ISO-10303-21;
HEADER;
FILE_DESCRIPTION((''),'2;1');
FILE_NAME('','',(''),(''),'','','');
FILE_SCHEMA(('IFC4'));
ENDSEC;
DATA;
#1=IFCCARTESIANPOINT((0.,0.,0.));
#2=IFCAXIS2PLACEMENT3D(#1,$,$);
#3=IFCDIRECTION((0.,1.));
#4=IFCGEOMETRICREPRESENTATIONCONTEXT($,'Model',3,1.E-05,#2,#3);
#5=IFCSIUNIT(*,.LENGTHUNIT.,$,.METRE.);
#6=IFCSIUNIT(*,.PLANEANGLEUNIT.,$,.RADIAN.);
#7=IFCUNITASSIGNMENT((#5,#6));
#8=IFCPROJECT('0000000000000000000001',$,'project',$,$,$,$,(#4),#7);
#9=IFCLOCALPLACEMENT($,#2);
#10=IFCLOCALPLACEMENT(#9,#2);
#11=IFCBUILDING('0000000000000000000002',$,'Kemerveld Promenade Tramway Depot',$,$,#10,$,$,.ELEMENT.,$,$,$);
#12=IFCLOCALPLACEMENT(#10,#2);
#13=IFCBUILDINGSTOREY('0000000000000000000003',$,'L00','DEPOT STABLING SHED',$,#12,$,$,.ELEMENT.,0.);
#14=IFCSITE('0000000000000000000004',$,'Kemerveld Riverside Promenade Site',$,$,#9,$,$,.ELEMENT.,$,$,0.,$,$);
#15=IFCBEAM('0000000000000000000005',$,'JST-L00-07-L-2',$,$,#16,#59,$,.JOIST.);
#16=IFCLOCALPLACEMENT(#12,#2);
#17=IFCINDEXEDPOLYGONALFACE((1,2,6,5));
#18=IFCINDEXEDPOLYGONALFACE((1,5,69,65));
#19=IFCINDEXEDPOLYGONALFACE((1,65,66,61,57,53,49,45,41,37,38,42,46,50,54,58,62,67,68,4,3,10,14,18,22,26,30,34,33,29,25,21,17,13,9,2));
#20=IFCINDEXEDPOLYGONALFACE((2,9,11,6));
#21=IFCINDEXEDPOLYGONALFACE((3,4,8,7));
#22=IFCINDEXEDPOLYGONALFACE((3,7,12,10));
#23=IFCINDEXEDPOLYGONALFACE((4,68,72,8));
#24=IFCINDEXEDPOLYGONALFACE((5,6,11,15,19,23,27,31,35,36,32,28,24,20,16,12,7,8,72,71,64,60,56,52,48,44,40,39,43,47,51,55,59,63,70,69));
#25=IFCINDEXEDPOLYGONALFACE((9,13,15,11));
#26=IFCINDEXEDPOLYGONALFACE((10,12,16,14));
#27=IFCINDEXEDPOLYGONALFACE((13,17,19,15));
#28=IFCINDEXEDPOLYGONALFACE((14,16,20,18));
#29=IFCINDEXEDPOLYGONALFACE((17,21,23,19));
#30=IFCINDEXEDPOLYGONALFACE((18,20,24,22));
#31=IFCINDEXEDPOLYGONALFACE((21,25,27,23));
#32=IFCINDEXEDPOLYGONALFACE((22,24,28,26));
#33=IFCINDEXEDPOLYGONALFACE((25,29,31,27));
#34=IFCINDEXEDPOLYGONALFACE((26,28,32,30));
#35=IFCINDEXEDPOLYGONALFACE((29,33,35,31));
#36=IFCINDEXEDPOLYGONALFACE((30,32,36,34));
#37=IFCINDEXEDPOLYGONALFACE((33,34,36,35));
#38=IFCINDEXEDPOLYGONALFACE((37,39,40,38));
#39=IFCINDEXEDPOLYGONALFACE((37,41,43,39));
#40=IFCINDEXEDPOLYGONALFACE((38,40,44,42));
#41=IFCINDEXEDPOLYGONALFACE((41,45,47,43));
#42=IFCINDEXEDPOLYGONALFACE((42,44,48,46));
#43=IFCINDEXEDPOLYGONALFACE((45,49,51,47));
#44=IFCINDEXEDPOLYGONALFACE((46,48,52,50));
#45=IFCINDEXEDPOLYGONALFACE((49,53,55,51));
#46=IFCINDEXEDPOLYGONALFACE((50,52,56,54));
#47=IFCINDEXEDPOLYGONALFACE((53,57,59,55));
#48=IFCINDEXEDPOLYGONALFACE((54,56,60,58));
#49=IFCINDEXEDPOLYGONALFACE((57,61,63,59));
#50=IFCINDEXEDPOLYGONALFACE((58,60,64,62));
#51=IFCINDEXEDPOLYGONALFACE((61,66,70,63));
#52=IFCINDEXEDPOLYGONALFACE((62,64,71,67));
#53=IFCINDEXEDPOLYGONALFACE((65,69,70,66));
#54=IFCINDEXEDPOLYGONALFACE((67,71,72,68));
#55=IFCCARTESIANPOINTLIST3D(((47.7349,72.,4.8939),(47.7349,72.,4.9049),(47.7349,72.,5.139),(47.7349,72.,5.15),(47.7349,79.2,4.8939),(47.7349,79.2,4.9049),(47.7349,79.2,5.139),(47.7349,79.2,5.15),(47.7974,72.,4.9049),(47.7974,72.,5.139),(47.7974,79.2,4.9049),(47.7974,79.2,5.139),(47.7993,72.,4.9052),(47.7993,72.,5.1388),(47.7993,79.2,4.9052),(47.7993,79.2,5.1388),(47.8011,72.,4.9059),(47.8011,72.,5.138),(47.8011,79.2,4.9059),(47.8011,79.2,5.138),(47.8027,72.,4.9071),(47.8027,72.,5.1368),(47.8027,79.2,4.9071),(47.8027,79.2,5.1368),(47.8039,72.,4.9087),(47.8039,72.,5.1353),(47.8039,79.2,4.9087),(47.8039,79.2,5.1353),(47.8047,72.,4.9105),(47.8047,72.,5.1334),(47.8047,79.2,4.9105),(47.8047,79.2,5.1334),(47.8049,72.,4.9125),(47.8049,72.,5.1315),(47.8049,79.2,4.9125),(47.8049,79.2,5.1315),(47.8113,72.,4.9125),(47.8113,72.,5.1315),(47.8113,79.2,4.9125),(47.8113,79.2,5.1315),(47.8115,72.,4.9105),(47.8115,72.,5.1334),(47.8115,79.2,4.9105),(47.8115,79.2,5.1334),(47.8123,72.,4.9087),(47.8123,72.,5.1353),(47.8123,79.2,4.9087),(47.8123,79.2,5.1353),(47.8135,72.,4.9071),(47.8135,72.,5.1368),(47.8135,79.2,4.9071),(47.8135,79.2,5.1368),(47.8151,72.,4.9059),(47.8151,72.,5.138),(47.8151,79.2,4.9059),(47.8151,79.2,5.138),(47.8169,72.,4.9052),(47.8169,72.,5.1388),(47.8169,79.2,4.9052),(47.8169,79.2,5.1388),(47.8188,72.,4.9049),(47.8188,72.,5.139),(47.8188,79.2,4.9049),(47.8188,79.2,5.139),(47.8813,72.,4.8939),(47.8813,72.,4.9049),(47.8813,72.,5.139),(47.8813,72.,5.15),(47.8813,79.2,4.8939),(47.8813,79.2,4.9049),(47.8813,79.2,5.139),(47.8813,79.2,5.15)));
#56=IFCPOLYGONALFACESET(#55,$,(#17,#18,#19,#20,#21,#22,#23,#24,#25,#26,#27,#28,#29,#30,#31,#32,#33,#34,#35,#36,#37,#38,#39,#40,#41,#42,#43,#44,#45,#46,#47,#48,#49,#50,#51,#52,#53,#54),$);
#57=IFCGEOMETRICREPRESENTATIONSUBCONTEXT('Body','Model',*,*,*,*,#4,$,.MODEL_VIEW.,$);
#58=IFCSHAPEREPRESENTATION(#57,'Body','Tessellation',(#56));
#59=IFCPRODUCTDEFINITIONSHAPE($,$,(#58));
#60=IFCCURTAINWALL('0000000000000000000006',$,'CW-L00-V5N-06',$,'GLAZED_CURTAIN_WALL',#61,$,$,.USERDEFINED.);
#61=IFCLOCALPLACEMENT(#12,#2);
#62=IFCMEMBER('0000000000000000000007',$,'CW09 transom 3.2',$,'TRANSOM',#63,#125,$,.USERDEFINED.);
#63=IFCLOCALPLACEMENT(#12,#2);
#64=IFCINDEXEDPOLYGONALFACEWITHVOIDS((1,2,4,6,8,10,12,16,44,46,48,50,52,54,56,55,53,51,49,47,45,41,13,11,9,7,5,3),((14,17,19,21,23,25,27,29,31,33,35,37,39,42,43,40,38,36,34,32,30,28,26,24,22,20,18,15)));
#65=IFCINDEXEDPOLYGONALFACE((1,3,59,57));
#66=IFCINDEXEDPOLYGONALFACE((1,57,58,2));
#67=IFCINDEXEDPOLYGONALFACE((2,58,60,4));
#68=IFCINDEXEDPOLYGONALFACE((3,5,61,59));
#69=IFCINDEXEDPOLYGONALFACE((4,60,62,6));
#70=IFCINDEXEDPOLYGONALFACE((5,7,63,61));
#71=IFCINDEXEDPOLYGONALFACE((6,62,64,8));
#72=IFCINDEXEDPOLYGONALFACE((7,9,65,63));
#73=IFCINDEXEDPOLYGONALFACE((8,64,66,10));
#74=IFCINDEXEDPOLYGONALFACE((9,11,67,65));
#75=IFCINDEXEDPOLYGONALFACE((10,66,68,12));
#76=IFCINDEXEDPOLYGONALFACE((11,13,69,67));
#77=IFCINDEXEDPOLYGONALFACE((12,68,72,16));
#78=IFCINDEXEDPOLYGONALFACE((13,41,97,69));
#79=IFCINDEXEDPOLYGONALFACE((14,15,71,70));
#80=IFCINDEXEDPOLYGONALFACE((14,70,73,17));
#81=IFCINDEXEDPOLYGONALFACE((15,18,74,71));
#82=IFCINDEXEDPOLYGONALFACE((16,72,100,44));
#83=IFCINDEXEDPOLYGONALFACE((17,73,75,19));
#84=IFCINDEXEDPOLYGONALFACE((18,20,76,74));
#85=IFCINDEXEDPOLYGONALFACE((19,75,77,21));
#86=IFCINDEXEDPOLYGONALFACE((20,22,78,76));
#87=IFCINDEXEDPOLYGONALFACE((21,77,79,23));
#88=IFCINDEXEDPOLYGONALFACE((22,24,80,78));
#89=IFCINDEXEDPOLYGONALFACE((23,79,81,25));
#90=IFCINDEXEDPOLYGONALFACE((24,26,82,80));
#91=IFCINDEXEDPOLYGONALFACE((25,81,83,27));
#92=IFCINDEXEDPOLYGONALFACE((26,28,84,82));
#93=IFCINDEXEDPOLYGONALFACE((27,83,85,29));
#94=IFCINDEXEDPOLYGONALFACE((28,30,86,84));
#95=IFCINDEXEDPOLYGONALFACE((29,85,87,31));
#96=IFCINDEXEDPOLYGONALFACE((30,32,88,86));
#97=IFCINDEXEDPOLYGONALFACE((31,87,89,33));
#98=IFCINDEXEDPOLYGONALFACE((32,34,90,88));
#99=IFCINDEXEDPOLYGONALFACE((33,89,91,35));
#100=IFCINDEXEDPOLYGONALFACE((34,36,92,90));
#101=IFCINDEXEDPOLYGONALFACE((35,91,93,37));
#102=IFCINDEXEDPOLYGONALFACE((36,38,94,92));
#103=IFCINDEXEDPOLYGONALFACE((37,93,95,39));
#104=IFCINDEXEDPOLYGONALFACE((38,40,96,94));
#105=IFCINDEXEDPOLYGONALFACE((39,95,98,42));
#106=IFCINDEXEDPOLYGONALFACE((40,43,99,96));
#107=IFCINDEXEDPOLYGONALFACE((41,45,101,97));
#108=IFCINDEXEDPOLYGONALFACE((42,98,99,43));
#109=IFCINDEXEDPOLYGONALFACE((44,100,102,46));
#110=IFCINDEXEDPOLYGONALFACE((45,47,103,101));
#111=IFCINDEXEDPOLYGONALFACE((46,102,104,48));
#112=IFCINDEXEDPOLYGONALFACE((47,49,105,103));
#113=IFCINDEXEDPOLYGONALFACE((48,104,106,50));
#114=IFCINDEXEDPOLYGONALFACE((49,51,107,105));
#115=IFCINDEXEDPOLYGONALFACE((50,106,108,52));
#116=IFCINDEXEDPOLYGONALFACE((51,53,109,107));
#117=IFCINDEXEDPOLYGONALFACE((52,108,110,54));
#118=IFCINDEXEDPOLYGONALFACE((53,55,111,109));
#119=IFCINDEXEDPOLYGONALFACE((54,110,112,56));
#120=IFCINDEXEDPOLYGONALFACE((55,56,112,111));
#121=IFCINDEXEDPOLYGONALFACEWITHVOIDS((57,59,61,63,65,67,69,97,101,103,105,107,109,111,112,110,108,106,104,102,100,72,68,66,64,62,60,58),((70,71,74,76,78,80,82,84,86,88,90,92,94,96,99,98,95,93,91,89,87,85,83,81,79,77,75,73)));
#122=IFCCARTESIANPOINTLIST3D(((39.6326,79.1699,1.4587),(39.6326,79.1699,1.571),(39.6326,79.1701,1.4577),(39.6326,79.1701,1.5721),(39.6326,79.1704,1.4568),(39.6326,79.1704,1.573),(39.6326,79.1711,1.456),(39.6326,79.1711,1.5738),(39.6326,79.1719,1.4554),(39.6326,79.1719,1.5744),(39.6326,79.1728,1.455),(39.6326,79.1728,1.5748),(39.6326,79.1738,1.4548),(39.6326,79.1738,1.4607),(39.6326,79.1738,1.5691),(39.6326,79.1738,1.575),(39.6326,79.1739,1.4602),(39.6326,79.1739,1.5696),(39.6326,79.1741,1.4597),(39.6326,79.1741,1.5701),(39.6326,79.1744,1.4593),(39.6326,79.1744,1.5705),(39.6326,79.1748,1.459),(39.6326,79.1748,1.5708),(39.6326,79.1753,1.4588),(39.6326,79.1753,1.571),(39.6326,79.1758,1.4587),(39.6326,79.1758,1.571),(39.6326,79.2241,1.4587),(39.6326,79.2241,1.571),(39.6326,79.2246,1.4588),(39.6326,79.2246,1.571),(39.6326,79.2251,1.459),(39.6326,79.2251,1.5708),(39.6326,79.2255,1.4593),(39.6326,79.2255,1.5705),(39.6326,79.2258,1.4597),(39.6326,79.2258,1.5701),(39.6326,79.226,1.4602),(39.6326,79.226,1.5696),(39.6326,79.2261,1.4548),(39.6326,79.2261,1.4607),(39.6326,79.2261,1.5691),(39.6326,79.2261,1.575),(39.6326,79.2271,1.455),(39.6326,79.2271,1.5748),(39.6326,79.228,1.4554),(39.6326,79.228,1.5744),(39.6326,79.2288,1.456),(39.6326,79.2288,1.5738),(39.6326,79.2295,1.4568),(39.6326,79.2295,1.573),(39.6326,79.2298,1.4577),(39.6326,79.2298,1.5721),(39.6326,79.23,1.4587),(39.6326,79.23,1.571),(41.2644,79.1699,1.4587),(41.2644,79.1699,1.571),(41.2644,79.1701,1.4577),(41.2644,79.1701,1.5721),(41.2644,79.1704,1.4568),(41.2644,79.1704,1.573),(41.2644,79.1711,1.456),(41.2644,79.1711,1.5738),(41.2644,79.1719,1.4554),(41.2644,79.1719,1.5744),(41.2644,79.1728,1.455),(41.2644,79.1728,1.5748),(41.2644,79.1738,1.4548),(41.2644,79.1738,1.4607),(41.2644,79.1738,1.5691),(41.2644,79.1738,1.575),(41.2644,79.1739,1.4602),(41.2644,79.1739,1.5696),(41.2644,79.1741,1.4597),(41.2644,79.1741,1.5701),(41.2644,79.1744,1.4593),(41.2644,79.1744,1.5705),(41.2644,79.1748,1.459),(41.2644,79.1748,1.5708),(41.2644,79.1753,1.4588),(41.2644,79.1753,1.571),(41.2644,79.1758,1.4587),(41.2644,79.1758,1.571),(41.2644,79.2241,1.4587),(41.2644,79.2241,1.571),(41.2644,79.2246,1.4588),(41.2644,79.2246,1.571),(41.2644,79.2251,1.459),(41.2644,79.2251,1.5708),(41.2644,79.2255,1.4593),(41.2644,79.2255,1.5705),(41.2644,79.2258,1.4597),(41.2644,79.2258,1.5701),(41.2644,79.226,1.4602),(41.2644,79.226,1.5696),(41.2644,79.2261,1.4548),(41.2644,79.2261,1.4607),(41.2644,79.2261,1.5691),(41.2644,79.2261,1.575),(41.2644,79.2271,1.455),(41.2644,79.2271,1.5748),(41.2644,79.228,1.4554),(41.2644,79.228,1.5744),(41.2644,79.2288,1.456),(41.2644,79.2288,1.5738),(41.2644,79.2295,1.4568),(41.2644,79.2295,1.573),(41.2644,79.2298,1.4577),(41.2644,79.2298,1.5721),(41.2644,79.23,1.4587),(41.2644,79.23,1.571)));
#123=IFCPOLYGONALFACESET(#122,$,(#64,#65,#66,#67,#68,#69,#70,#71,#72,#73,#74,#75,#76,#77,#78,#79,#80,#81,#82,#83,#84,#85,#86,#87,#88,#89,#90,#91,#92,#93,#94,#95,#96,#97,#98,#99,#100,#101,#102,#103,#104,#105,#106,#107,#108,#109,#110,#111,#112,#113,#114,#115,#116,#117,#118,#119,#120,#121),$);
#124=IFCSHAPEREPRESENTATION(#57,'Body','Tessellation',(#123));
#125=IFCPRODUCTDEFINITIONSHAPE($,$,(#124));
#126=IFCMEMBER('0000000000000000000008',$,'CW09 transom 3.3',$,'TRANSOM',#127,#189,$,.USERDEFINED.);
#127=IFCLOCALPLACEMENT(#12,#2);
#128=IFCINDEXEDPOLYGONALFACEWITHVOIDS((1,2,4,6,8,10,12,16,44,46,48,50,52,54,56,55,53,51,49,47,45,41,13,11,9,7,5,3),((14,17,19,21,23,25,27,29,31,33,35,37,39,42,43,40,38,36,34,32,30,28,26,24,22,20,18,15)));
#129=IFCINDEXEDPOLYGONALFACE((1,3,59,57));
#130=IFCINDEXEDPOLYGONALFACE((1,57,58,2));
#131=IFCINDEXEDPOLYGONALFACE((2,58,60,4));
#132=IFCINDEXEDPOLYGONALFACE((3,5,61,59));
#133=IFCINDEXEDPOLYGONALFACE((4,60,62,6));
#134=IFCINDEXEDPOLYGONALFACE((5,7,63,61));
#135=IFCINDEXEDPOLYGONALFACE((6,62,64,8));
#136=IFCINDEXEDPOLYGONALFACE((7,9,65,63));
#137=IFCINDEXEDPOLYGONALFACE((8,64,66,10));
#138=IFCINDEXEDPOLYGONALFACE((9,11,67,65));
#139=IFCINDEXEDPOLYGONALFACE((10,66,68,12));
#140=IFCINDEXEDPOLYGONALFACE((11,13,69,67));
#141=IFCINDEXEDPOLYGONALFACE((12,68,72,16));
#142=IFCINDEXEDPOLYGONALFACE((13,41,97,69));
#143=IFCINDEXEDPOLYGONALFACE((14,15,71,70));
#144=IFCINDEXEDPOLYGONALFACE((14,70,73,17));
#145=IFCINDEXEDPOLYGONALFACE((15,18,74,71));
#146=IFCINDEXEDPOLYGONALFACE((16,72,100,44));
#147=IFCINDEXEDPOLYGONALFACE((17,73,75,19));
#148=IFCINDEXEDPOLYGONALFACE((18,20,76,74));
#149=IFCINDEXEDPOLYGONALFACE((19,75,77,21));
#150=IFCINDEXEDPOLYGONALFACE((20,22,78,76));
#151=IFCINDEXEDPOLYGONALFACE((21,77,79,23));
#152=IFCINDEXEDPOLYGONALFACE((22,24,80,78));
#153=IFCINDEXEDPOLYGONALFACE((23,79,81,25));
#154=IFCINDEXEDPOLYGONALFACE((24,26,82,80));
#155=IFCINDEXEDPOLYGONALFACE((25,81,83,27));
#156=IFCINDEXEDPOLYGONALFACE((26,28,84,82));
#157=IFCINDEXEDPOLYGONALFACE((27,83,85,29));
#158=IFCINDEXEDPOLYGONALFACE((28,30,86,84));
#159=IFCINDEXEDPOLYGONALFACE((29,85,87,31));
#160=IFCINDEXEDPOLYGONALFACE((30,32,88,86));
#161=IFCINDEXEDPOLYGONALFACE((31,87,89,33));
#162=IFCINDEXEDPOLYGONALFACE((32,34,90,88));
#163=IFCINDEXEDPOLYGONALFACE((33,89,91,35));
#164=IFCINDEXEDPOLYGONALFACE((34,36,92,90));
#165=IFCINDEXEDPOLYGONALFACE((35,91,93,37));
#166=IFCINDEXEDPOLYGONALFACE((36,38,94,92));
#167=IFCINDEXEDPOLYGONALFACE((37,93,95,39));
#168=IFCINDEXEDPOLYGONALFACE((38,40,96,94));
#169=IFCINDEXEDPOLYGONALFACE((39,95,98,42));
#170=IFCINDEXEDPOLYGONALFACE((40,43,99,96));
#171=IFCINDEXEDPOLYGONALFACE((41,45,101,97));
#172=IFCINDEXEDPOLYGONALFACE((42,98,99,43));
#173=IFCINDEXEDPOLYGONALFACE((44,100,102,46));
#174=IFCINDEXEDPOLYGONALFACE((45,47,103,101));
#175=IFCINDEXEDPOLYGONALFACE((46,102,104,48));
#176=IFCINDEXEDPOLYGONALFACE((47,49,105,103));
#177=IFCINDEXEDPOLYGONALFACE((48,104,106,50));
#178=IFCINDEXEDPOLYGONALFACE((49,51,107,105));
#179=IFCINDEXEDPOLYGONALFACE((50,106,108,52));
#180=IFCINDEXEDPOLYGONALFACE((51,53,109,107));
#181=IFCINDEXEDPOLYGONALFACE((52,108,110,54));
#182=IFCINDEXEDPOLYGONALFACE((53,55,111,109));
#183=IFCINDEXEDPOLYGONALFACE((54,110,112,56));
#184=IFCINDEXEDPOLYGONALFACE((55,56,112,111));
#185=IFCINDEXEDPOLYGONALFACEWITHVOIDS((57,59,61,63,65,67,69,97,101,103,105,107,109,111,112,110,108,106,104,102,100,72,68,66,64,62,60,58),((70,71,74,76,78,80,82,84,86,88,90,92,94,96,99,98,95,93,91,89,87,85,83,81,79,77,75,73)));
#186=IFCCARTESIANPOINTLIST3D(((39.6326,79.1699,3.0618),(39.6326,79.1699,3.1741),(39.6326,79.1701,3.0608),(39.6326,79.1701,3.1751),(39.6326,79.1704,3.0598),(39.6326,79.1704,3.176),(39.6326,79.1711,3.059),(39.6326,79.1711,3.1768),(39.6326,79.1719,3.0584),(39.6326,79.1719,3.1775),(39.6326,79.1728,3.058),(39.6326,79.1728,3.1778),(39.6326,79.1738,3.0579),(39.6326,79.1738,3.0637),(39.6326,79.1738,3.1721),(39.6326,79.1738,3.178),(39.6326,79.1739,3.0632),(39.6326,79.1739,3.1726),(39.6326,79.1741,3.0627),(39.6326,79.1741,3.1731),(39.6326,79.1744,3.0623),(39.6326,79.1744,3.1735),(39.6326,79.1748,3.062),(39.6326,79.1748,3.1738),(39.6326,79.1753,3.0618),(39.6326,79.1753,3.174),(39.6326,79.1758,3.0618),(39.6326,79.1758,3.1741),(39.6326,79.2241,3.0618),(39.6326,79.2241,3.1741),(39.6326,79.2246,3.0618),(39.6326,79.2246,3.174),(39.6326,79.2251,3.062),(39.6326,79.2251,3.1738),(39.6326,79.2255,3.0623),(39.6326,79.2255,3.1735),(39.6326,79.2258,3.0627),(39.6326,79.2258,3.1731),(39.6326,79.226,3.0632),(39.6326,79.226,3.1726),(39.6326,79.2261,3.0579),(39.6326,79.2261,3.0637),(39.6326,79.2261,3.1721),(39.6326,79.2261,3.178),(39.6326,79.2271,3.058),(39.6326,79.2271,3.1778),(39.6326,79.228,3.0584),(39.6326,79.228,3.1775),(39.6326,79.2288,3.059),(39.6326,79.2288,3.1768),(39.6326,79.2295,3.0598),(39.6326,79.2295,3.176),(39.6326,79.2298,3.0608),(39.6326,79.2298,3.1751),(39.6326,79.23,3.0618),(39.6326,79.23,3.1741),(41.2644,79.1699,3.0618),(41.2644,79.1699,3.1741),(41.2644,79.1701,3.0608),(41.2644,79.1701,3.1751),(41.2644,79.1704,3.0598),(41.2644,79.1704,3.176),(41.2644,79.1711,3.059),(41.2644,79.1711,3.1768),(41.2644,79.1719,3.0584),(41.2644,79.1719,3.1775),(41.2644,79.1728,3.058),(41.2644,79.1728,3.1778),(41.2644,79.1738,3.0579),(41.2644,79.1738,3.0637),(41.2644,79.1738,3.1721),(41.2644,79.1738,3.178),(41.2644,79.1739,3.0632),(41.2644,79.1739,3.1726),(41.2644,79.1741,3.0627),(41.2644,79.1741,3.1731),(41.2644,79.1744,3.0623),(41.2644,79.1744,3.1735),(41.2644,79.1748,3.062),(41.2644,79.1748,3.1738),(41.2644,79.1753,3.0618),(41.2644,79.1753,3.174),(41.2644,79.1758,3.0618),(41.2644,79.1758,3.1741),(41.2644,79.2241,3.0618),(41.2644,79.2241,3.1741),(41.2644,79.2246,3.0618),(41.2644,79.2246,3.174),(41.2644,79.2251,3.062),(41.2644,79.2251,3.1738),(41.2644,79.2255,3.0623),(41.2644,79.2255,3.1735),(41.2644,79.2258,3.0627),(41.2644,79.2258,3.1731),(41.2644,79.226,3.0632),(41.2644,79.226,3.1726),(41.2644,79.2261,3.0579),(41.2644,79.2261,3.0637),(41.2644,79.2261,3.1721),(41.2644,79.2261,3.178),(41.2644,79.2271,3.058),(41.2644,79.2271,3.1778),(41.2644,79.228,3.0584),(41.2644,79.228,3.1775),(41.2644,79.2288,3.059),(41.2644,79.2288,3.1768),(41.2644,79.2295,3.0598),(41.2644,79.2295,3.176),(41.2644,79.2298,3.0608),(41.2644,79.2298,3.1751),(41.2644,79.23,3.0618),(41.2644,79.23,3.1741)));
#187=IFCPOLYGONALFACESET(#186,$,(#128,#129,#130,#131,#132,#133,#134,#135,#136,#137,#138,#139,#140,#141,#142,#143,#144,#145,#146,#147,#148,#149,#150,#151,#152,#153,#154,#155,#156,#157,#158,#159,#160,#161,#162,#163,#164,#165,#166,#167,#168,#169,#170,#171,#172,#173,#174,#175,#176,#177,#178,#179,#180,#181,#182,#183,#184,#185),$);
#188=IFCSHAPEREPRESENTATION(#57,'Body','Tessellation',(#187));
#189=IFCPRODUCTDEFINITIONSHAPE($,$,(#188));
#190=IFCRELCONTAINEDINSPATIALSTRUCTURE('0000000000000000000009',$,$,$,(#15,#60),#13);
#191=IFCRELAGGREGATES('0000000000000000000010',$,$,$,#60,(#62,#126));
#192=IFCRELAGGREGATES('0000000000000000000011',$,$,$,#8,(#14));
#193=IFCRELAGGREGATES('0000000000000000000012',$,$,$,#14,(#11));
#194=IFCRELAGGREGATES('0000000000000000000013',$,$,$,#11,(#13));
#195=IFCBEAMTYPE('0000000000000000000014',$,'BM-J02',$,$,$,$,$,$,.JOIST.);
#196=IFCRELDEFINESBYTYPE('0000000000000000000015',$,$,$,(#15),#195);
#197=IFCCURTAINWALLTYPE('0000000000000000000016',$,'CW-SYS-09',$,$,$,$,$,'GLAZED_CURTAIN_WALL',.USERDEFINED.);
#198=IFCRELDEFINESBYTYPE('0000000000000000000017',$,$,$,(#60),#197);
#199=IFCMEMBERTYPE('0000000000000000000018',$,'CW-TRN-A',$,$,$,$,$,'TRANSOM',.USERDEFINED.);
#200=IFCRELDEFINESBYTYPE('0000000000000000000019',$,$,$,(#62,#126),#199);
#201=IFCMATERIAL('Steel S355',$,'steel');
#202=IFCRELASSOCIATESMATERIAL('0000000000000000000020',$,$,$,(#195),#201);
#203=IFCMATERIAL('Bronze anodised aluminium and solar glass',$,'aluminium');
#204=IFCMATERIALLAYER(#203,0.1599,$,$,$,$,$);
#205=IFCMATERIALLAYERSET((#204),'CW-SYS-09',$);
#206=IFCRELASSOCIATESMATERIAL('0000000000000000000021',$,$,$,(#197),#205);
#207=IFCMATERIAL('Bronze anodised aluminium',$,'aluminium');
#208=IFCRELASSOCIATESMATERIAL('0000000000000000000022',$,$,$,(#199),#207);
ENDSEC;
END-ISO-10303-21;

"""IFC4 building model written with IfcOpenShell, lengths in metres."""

from ifc_helpers import new_model, si_unit, direction, frame, origin, origin_2d, place, context, subcontext, project, spatial, hollow_rectangle, i_section, extrude, material, layer, layer_set, material_profile, profile_set, type_object, element, aggregate, save


model = new_model("IFC4")

# Units and contexts
model_context = context("Model", 3, precision=1e-05, world=origin(), true_north=direction((0.0, 1.0)))
body_context = subcontext(model_context, "Body", "Model", "MODEL_VIEW")
ifc_project = project(units=[si_unit("LENGTHUNIT", "METRE"), si_unit("PLANEANGLEUNIT", "RADIAN")], contexts=[model_context])

# Site, building, storey
site_placement = place(None, origin())
site = spatial("IfcSite", under=ifc_project, at=site_placement, Name="Kemerveld Riverside Promenade Site", CompositionType="ELEMENT", RefElevation=0.0)
building_placement = place(site_placement, origin())
building = spatial("IfcBuilding", under=site, at=building_placement, Name="Kemerveld Promenade Tramway Depot", CompositionType="ELEMENT")
storey_placement = place(building_placement, origin())
storey = spatial("IfcBuildingStorey", under=building, at=storey_placement, Name="L00", Description="DEPOT STABLING SHED", CompositionType="ELEMENT", Elevation=0.0)

# Shared definitions
ifc_material_1 = material(Name="Steel S355", Category="steel")

# Beam
ifc_material_profile_1 = material_profile(ifc_material_1, i_section(OverallWidth=0.1465, OverallDepth=0.2561, WebThickness=0.0063, FlangeThickness=0.011, FilletRadius=0.0076, at=origin_2d()), Name="254x146x37 UB")
ifc_profile_set_1 = profile_set([ifc_material_profile_1], Name="Steel S355")
beam_type_1 = type_object("IfcBeamType", Name="BM-J02", PredefinedType="JOIST", material=ifc_profile_set_1)
for number, where, z_axis, x_axis, name in (
    (1, (47.8081, 72.0, 5.022), (0.0, 1.0, 0.0), (-1.0, 0.0, 0.0), "JST-L00-07-L-2"),
):
    element("IfcBeam", number, at=place(storey_placement, frame(where, z_axis=z_axis, x_axis=x_axis)), inside=storey, type_object=beam_type_1, Name=name, PredefinedType="JOIST", context=body_context, shape_type="SweptSolid", body=[
        extrude(i_section(OverallWidth=0.1465, OverallDepth=0.2561, WebThickness=0.0063, FlangeThickness=0.011, FilletRadius=0.0076, at=origin_2d()), origin(), (0.0, 0.0, 1.0), 7.2),
    ])

# Curtain wall, members
ifc_material_2 = material(Name="Bronze anodised aluminium and solar glass", Category="aluminium")
ifc_layer_1 = layer(ifc_material_2, 0.1599)
ifc_layer_set_1 = layer_set([ifc_layer_1], Name="CW-SYS-09")
curtain_wall_type = type_object("IfcCurtainWallType", Name="CW-SYS-09", ElementType="GLAZED_CURTAIN_WALL", PredefinedType="USERDEFINED", material=ifc_layer_set_1)
curtain_wall_placement = place(storey_placement, origin())
curtain_wall = element("IfcCurtainWall", 2, at=curtain_wall_placement, inside=storey, type_object=curtain_wall_type, Name="CW-L00-V5N-06", ObjectType="GLAZED_CURTAIN_WALL", PredefinedType="USERDEFINED")
ifc_material_3 = material(Name="Bronze anodised aluminium", Category="aluminium")
ifc_material_profile_2 = material_profile(ifc_material_3, hollow_rectangle(XDim=0.0601, YDim=0.1201, WallThickness=0.0039, InnerFilletRadius=0.002, OuterFilletRadius=0.0039, at=origin_2d()), Name="CW-TRN-120x60")
ifc_profile_set_2 = profile_set([ifc_material_profile_2], Name="Bronze anodised aluminium")
member_type = type_object("IfcMemberType", Name="CW-TRN-A", ElementType="TRANSOM", PredefinedType="USERDEFINED", material=ifc_profile_set_2)
member_1_placement = place(storey_placement, frame((39.6326, 79.2, 1.5149), z_axis=(1.0, 0.0, 0.0), x_axis=(0.0, 1.0, 0.0)))
member_1 = element("IfcMember", 3, at=member_1_placement, type_object=member_type, Name="CW09 transom 3.2", ObjectType="TRANSOM", PredefinedType="USERDEFINED", context=body_context, shape_type="SweptSolid", body=[
    extrude(hollow_rectangle(XDim=0.0601, YDim=0.1201, WallThickness=0.0039, InnerFilletRadius=0.002, OuterFilletRadius=0.0039, at=origin_2d()), origin(), (0.0, 0.0, 1.0), 1.6318),
])
member_2_placement = place(storey_placement, frame((39.6326, 79.2, 3.1179), z_axis=(1.0, 0.0, 0.0), x_axis=(0.0, 1.0, 0.0)))
member_2 = element("IfcMember", 4, at=member_2_placement, type_object=member_type, Name="CW09 transom 3.3", ObjectType="TRANSOM", PredefinedType="USERDEFINED", context=body_context, shape_type="SweptSolid", body=[
    extrude(hollow_rectangle(XDim=0.0601, YDim=0.1201, WallThickness=0.0039, InnerFilletRadius=0.002, OuterFilletRadius=0.0039, at=origin_2d()), origin(), (0.0, 0.0, 1.0), 1.6318),
])
aggregate(curtain_wall, [member_1, member_2])

save(model, "model.ifc")
